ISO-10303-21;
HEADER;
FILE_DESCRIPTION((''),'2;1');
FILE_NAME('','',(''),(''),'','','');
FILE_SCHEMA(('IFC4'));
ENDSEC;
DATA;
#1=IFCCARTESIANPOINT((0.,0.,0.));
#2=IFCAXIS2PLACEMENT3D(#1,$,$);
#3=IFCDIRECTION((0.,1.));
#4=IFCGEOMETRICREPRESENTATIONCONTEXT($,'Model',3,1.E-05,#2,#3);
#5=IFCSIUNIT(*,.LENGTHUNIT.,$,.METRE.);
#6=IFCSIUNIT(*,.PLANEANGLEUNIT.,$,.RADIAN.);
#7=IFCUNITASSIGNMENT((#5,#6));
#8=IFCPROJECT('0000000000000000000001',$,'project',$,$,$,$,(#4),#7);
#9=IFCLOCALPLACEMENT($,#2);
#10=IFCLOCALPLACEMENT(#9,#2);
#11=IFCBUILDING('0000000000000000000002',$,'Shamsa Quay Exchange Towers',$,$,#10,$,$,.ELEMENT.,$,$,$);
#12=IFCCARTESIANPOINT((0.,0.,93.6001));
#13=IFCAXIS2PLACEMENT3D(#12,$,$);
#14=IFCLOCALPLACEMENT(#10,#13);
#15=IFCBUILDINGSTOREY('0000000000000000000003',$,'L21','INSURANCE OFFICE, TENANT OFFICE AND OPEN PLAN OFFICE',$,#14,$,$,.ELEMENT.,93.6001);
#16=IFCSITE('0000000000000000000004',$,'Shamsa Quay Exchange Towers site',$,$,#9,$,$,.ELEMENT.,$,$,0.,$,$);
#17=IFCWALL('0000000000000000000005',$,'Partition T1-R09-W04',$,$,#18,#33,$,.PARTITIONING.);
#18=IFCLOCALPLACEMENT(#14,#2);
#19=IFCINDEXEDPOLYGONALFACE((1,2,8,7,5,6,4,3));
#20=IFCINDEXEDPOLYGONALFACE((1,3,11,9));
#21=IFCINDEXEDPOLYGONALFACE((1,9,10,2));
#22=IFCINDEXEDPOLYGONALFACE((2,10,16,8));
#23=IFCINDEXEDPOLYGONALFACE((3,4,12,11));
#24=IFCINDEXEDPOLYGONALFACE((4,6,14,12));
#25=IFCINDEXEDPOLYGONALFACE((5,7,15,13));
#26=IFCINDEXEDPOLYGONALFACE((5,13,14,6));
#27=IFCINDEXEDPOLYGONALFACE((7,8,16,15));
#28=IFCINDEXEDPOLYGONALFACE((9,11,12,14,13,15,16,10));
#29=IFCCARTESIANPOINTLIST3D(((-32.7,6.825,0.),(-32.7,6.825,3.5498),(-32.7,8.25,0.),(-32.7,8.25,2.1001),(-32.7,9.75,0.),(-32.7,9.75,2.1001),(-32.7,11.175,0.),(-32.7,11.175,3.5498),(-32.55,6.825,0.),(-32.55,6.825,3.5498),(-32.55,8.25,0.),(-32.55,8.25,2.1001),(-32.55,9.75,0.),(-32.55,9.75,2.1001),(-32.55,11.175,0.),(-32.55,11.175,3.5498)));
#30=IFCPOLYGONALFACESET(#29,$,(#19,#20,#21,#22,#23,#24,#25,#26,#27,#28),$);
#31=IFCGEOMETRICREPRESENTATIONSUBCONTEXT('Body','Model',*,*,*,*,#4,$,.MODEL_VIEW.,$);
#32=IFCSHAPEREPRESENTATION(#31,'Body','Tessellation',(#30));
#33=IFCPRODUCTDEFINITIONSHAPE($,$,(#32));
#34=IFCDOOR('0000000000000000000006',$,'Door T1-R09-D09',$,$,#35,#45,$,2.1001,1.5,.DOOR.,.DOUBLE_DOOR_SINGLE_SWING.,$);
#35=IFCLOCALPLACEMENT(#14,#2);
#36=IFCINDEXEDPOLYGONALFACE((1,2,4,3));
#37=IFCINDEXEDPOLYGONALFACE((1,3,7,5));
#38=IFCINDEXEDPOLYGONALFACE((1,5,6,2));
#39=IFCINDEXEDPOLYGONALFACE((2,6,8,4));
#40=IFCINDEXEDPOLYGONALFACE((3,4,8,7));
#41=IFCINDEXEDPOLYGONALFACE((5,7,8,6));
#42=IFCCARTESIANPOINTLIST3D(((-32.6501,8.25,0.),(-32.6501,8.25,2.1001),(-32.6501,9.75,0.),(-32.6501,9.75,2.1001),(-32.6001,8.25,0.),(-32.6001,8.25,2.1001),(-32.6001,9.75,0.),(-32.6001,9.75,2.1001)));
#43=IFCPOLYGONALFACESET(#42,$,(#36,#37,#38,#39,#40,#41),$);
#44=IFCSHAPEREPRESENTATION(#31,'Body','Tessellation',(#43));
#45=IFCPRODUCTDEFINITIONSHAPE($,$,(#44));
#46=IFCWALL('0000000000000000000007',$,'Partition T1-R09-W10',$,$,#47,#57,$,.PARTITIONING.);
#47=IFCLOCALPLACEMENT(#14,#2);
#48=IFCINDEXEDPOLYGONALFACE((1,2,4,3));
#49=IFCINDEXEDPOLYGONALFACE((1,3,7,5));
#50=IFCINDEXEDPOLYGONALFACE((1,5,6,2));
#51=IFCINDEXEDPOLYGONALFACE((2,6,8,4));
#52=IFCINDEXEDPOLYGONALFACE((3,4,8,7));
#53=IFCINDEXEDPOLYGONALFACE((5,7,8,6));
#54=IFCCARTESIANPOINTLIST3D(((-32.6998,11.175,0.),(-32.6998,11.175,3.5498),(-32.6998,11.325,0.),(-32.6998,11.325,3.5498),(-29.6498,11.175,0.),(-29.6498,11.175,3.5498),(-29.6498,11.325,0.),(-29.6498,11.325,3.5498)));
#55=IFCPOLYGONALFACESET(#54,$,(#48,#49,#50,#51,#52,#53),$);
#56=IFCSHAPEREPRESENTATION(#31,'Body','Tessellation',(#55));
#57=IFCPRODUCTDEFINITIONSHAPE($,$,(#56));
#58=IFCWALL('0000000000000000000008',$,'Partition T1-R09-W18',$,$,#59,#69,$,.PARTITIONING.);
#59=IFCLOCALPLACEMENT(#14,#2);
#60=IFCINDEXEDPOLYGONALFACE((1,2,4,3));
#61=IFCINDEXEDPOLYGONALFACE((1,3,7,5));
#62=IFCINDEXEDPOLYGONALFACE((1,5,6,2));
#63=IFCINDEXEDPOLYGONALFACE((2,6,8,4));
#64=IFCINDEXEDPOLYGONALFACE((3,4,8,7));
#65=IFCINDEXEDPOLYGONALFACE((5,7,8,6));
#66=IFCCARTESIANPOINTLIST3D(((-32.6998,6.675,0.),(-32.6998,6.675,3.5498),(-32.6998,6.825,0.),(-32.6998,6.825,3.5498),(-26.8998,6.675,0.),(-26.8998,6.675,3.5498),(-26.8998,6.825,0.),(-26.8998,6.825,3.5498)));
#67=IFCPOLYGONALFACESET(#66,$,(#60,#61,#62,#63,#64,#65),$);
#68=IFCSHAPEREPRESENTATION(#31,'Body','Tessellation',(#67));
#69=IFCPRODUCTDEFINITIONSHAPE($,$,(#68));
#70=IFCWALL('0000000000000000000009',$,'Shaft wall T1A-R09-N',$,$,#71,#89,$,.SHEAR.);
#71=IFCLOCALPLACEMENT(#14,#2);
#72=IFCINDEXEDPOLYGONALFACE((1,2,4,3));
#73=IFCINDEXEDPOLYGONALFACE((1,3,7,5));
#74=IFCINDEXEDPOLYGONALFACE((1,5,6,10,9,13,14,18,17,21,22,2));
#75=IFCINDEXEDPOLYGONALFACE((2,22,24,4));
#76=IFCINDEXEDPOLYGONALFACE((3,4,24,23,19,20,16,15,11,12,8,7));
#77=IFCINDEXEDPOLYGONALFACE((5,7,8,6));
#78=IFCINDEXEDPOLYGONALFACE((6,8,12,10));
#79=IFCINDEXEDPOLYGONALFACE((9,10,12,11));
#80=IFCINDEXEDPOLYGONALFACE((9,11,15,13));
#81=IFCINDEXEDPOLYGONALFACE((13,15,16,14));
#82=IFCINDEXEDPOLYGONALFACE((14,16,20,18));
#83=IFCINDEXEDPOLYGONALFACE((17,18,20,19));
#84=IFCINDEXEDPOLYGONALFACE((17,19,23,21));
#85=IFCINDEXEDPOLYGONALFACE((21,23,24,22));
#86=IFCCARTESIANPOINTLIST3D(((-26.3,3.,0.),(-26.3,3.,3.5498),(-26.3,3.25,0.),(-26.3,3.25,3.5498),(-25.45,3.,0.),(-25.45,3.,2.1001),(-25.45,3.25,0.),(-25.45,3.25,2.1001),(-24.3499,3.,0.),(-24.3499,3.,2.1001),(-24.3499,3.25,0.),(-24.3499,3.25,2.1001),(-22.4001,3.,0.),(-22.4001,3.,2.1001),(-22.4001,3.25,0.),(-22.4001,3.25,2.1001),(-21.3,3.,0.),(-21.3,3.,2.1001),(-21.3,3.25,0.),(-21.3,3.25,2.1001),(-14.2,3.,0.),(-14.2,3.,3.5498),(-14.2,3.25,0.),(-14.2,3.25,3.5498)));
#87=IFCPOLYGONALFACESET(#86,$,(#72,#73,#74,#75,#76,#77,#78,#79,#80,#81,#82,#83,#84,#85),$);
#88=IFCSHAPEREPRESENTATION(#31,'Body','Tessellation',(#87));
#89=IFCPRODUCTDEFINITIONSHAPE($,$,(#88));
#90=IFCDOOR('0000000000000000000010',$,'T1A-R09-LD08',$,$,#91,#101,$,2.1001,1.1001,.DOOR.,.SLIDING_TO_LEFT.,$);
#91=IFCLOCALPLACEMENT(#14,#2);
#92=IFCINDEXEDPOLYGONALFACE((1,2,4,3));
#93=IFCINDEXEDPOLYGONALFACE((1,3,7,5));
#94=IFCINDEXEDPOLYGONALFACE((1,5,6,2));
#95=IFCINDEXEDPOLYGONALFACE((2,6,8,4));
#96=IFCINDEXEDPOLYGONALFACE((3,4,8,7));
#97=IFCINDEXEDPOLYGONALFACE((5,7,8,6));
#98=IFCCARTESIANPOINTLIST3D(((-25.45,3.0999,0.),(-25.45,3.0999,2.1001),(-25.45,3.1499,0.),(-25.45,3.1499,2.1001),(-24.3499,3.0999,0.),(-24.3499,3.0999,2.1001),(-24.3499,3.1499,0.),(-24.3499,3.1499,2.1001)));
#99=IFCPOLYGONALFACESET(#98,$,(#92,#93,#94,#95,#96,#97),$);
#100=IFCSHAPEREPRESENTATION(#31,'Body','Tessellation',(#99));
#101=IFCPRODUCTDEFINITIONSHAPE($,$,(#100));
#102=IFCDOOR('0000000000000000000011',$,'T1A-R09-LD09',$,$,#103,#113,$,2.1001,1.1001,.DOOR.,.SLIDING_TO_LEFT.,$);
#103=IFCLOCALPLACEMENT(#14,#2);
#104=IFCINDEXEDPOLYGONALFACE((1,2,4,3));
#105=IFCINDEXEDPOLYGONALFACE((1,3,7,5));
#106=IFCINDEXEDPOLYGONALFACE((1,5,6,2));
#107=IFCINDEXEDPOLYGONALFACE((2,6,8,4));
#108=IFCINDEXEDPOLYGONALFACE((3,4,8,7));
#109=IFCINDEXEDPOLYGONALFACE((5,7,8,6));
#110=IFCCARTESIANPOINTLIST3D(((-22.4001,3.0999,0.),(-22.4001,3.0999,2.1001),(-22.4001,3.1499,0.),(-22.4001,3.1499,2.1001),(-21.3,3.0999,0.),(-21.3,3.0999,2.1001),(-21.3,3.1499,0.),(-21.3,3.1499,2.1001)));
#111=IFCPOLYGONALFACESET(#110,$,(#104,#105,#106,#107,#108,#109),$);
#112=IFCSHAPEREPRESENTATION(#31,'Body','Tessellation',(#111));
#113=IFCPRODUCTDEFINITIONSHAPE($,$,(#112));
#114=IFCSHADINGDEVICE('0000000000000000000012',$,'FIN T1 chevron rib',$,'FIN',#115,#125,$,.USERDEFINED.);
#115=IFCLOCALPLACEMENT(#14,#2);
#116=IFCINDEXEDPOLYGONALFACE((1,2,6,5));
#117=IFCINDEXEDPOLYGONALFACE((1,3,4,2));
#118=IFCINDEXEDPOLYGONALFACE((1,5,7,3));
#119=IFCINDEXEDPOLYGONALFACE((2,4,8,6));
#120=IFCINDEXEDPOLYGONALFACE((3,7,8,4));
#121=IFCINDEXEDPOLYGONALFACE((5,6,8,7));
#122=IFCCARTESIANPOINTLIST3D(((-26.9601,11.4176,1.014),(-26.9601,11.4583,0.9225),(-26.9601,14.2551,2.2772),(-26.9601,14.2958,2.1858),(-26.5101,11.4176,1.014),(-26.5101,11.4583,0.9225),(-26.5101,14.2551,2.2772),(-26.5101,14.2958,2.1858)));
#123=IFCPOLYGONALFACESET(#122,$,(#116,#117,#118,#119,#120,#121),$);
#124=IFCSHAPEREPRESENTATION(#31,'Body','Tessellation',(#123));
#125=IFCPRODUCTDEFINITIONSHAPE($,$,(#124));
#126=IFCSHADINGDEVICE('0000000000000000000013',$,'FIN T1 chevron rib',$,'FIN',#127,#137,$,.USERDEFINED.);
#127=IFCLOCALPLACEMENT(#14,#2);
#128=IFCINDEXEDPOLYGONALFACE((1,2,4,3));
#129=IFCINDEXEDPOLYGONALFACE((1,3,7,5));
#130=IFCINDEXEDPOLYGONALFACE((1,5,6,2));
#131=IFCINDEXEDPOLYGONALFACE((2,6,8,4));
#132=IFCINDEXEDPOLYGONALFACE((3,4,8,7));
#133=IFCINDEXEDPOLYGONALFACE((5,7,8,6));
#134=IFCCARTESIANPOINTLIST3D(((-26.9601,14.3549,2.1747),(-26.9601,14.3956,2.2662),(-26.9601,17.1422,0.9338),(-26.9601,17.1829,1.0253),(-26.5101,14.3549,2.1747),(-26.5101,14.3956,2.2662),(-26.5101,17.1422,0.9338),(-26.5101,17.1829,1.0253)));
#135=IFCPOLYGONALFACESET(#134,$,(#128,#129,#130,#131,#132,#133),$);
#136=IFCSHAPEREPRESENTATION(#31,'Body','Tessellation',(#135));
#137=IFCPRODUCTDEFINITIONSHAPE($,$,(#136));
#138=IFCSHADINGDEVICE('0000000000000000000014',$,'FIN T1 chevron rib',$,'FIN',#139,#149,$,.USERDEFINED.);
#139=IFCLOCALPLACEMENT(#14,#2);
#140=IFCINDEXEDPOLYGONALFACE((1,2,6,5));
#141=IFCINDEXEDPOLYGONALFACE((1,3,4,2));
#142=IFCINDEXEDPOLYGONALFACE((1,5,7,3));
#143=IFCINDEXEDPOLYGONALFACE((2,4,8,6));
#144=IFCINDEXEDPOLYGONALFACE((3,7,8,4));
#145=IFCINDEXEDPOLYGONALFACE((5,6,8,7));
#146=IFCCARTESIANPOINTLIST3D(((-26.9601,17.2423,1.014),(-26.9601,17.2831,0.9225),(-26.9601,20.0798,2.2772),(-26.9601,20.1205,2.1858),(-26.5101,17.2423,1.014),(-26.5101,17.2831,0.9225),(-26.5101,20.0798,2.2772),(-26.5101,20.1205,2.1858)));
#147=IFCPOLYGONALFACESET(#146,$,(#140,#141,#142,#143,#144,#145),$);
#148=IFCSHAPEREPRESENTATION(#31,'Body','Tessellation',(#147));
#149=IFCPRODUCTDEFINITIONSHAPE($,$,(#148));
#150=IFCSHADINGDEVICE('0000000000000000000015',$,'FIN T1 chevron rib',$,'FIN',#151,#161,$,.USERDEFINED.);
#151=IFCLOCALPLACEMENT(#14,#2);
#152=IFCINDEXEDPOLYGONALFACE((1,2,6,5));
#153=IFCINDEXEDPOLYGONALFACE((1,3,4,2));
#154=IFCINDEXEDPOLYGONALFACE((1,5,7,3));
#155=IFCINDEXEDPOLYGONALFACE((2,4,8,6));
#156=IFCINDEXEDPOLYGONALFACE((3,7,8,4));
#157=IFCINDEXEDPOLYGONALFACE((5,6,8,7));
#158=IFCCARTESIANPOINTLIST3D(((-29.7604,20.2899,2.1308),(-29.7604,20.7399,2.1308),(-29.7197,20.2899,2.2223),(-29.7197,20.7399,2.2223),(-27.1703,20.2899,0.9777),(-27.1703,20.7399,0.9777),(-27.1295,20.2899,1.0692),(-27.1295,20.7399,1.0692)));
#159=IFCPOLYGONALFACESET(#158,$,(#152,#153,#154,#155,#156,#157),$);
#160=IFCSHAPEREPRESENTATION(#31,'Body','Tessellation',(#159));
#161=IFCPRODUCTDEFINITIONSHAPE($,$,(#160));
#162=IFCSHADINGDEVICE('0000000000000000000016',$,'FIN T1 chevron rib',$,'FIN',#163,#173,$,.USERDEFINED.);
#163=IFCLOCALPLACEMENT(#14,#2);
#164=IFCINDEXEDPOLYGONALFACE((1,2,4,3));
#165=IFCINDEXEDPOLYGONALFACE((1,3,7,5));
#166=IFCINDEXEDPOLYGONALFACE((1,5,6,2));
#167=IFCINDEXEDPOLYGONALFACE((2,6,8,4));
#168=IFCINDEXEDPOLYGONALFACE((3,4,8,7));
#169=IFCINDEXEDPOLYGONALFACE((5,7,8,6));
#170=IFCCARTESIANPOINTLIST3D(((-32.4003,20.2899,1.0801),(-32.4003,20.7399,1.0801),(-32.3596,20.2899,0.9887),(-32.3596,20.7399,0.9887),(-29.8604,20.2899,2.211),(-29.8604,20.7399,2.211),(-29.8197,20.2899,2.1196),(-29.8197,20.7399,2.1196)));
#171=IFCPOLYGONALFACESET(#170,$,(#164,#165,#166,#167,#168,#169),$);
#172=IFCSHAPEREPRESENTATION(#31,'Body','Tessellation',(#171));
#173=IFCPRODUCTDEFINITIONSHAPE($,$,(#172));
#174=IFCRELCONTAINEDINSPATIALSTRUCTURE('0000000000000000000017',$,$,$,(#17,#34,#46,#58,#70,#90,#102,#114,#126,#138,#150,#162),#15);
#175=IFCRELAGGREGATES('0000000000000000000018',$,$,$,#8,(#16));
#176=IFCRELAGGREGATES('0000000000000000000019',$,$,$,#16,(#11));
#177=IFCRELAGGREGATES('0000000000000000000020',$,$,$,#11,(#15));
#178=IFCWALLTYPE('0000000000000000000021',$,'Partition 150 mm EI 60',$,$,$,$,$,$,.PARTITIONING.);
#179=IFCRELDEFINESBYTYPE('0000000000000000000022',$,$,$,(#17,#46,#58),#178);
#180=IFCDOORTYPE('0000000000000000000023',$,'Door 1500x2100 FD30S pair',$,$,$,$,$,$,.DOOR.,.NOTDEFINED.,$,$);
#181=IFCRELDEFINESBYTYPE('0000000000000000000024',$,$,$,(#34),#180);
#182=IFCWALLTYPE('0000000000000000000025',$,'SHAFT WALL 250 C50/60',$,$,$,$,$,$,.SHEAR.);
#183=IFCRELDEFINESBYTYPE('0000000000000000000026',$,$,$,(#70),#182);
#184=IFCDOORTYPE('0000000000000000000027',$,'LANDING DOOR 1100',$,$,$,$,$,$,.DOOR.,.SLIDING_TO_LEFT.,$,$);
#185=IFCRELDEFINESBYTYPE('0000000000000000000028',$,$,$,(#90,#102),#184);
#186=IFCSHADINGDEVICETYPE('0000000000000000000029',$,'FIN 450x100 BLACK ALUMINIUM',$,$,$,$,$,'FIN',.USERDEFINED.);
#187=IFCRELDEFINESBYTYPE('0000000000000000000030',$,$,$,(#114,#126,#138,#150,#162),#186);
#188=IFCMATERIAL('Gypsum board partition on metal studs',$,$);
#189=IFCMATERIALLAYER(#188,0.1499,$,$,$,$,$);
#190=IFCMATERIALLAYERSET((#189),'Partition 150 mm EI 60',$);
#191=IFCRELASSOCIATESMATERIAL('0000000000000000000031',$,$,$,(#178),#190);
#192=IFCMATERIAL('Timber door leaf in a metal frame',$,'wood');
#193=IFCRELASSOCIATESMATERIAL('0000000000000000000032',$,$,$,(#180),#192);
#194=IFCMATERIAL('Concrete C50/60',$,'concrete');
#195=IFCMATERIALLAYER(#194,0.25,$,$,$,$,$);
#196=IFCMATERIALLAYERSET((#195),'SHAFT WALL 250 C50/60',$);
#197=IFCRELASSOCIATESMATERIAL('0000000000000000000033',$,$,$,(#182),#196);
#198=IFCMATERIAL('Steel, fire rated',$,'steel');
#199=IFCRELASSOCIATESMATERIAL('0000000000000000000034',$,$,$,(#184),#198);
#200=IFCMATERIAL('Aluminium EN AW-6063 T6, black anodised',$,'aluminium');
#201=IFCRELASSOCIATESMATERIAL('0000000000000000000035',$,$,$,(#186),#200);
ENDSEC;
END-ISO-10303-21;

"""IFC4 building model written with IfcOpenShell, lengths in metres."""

from ifc_helpers import new_model, si_unit, direction, frame, frame_2d, origin, origin_2d, place, context, subcontext, project, spatial, rectangle, extrude, material, layer, layer_set, material_profile, profile_set, type_object, element, fill, save


model = new_model("IFC4")

# Units and contexts
model_context = context("Model", 3, precision=1e-05, world=origin(), true_north=direction((0.0, 1.0)))
body_context = subcontext(model_context, "Body", "Model", "MODEL_VIEW")
ifc_project = project(units=[si_unit("LENGTHUNIT", "METRE"), si_unit("PLANEANGLEUNIT", "RADIAN")], contexts=[model_context])

# Site, building, storey
site_placement = place(None, origin())
site = spatial("IfcSite", under=ifc_project, at=site_placement, Name="Shamsa Quay Exchange Towers site", CompositionType="ELEMENT", RefElevation=0.0)
building_placement = place(site_placement, origin())
building = spatial("IfcBuilding", under=site, at=building_placement, Name="Shamsa Quay Exchange Towers", CompositionType="ELEMENT")
storey_placement = place(building_placement, frame((0.0, 0.0, 93.6001)))
storey = spatial("IfcBuildingStorey", under=building, at=storey_placement, Name="L21", Description="INSURANCE OFFICE, TENANT OFFICE AND OPEN PLAN OFFICE", CompositionType="ELEMENT", Elevation=93.6001)

# Shared definitions
ifc_material_1 = material(Name="Aluminium EN AW-6063 T6, black anodised", Category="aluminium")

# Shared definitions
ifc_material_2 = material(Name="Timber door leaf in a metal frame", Category="wood")

# Shared definitions
ifc_material_3 = material(Name="Steel, fire rated", Category="steel")

# Wall, opening, door
ifc_material_4 = material(Name="Gypsum board partition on metal studs")
ifc_layer_1 = layer(ifc_material_4, 0.1499)
ifc_layer_set_1 = layer_set([ifc_layer_1], Name="Partition 150 mm EI 60")
wall_type_1 = type_object("IfcWallType", Name="Partition 150 mm EI 60", PredefinedType="PARTITIONING", material=ifc_layer_set_1)
wall_1_placement = place(storey_placement, frame((-32.625, 11.175, 0.0), z_axis=(0.0, 0.0, 1.0), x_axis=(0.0, -1.0, 0.0)))
wall_1 = element("IfcWall", 1, at=wall_1_placement, inside=storey, type_object=wall_type_1, Name="Partition T1-R09-W04", PredefinedType="PARTITIONING", context=body_context, shape_type="SweptSolid", body=[
    extrude(rectangle(XDim=4.3501, YDim=0.1499, at=frame_2d((2.175, 0.0))), origin(), (0.0, 0.0, 1.0), 3.5498),
])
opening_1_placement = place(wall_1_placement, frame((1.425, 0.0, 0.0)))
opening_1 = element("IfcOpeningElement", 2, at=opening_1_placement, cuts=wall_1, PredefinedType="OPENING", context=body_context, shape_type="SweptSolid", body=[
    extrude(rectangle(XDim=1.5, YDim=2.1001, at=frame_2d((0.75, 1.05))), frame((0.0, 0.085, 0.0), z_axis=(0.0, -1.0, 0.0), x_axis=(1.0, 0.0, 0.0)), (0.0, 0.0, 1.0), 0.1699),
])
door_type_1 = type_object("IfcDoorType", Name="Door 1500x2100 FD30S pair", OperationType="NOTDEFINED", PredefinedType="DOOR", material=ifc_material_2)
door_1_placement = place(opening_1_placement, origin())
door_1 = element("IfcDoor", 3, at=door_1_placement, inside=storey, type_object=door_type_1, Name="Door T1-R09-D09", OperationType="DOUBLE_DOOR_SINGLE_SWING", OverallHeight=2.1001, OverallWidth=1.5, PredefinedType="DOOR", context=body_context, shape_type="SweptSolid", body=[
    extrude(rectangle(XDim=1.5, YDim=2.1001, at=frame_2d((0.75, 1.05))), frame((0.0, 0.0249, 0.0), z_axis=(0.0, -1.0, 0.0), x_axis=(1.0, 0.0, 0.0)), (0.0, 0.0, 1.0), 0.05),
])
fill(opening_1, door_1)

# Walls
wall_2_placement = place(storey_placement, frame((-29.6499, 11.25, 0.0), z_axis=(0.0, 0.0, 1.0), x_axis=(-1.0, 0.0, 0.0)))
element("IfcWall", 4, at=wall_2_placement, inside=storey, type_object=wall_type_1, Name="Partition T1-R09-W10", PredefinedType="PARTITIONING", context=body_context, shape_type="SweptSolid", body=[
    extrude(rectangle(XDim=3.05, YDim=0.1499, at=frame_2d((1.5249, 0.0))), origin(), (0.0, 0.0, 1.0), 3.5498),
])
wall_3_placement = place(storey_placement, frame((-26.8999, 6.75, 0.0), z_axis=(0.0, 0.0, 1.0), x_axis=(-1.0, 0.0, 0.0)))
element("IfcWall", 5, at=wall_3_placement, inside=storey, type_object=wall_type_1, Name="Partition T1-R09-W18", PredefinedType="PARTITIONING", context=body_context, shape_type="SweptSolid", body=[
    extrude(rectangle(XDim=5.8, YDim=0.1499, at=frame_2d((2.8999, 0.0))), origin(), (0.0, 0.0, 1.0), 3.5498),
])

# Wall, openings, doors
ifc_material_5 = material(Name="Concrete C50/60", Category="concrete")
ifc_layer_2 = layer(ifc_material_5, 0.25)
ifc_layer_set_2 = layer_set([ifc_layer_2], Name="SHAFT WALL 250 C50/60")
wall_type_2 = type_object("IfcWallType", Name="SHAFT WALL 250 C50/60", PredefinedType="SHEAR", material=ifc_layer_set_2)
wall_4_placement = place(storey_placement, frame((-26.3, 3.125, 0.0)))
wall_4 = element("IfcWall", 6, at=wall_4_placement, inside=storey, type_object=wall_type_2, Name="Shaft wall T1A-R09-N", PredefinedType="SHEAR", context=body_context, shape_type="SweptSolid", body=[
    extrude(rectangle(XDim=12.1001, YDim=0.25, at=frame_2d((6.05, 0.0))), origin(), (0.0, 0.0, 1.0), 3.5498),
])
opening_2_placement = place(wall_4_placement, frame((0.8501, 0.0, 0.0)))
opening_2 = element("IfcOpeningElement", 7, at=opening_2_placement, cuts=wall_4, PredefinedType="OPENING", context=body_context, shape_type="SweptSolid", body=[
    extrude(rectangle(XDim=1.1001, YDim=2.1001, at=frame_2d((0.55, 1.05))), frame((0.0, 0.135, 0.0), z_axis=(0.0, -1.0, 0.0), x_axis=(1.0, 0.0, 0.0)), (0.0, 0.0, 1.0), 0.27),
])
opening_3_placement = place(wall_4_placement, frame((3.8999, 0.0, 0.0)))
opening_3 = element("IfcOpeningElement", 8, at=opening_3_placement, cuts=wall_4, PredefinedType="OPENING", context=body_context, shape_type="SweptSolid", body=[
    extrude(rectangle(XDim=1.1001, YDim=2.1001, at=frame_2d((0.55, 1.05))), frame((0.0, 0.135, 0.0), z_axis=(0.0, -1.0, 0.0), x_axis=(1.0, 0.0, 0.0)), (0.0, 0.0, 1.0), 0.27),
])
door_type_2 = type_object("IfcDoorType", Name="LANDING DOOR 1100", OperationType="SLIDING_TO_LEFT", PredefinedType="DOOR", material=ifc_material_3)
door_2_placement = place(opening_2_placement, origin())
door_2 = element("IfcDoor", 9, at=door_2_placement, inside=storey, type_object=door_type_2, Name="T1A-R09-LD08", OperationType="SLIDING_TO_LEFT", OverallHeight=2.1001, OverallWidth=1.1001, PredefinedType="DOOR", context=body_context, shape_type="SweptSolid", body=[
    extrude(rectangle(XDim=1.1001, YDim=2.1001, at=frame_2d((0.55, 1.05))), frame((0.0, 0.0249, 0.0), z_axis=(0.0, -1.0, 0.0), x_axis=(1.0, 0.0, 0.0)), (0.0, 0.0, 1.0), 0.05),
])
fill(opening_2, door_2)
door_3_placement = place(opening_3_placement, origin())
door_3 = element("IfcDoor", 10, at=door_3_placement, inside=storey, type_object=door_type_2, Name="T1A-R09-LD09", OperationType="SLIDING_TO_LEFT", OverallHeight=2.1001, OverallWidth=1.1001, PredefinedType="DOOR", context=body_context, shape_type="SweptSolid", body=[
    extrude(rectangle(XDim=1.1001, YDim=2.1001, at=frame_2d((0.55, 1.05))), frame((0.0, 0.0249, 0.0), z_axis=(0.0, -1.0, 0.0), x_axis=(1.0, 0.0, 0.0)), (0.0, 0.0, 1.0), 0.05),
])
fill(opening_3, door_3)

# Shading devices
ifc_material_profile_1 = material_profile(ifc_material_1, rectangle(XDim=0.45, YDim=0.1001, at=origin_2d()), Name="FIN450x100")
ifc_profile_set_1 = profile_set([ifc_material_profile_1], Name="Aluminium EN AW-6063 T6, black anodised")
shading_device_type = type_object("IfcShadingDeviceType", Name="FIN 450x100 BLACK ALUMINIUM", ElementType="FIN", PredefinedType="USERDEFINED", material=ifc_profile_set_1)
shading_device_1_placement = place(storey_placement, frame((-26.7351, 11.438, 0.9683), z_axis=(0.0, 0.913559, 0.406707), x_axis=(-1.0, 0.0, 0.0)))
element("IfcShadingDevice", 11, at=shading_device_1_placement, inside=storey, type_object=shading_device_type, Name="FIN T1 chevron rib", ObjectType="FIN", PredefinedType="USERDEFINED", context=body_context, shape_type="SweptSolid", body=[
    extrude(rectangle(XDim=0.45, YDim=0.1001, at=origin_2d()), origin(), (0.0, 0.0, 1.0), 3.106),
])
shading_device_2_placement = place(storey_placement, frame((-26.7351, 14.3752, 2.2205), z_axis=(0.0, 0.913551, -0.406725), x_axis=(-1.0, 0.0, 0.0)))
element("IfcShadingDevice", 12, at=shading_device_2_placement, inside=storey, type_object=shading_device_type, Name="FIN T1 chevron rib", ObjectType="FIN", PredefinedType="USERDEFINED", context=body_context, shape_type="SweptSolid", body=[
    extrude(rectangle(XDim=0.45, YDim=0.1001, at=origin_2d()), origin(), (0.0, 0.0, 1.0), 3.051),
])
shading_device_3_placement = place(storey_placement, frame((-26.7351, 17.2627, 0.9683), z_axis=(0.0, 0.913559, 0.406707), x_axis=(-1.0, 0.0, 0.0)))
element("IfcShadingDevice", 13, at=shading_device_3_placement, inside=storey, type_object=shading_device_type, Name="FIN T1 chevron rib", ObjectType="FIN", PredefinedType="USERDEFINED", context=body_context, shape_type="SweptSolid", body=[
    extrude(rectangle(XDim=0.45, YDim=0.1001, at=origin_2d()), origin(), (0.0, 0.0, 1.0), 3.106),
])
shading_device_4_placement = place(storey_placement, frame((-27.1499, 20.5149, 1.0234), z_axis=(-0.913559, 0.0, 0.406706), x_axis=(0.0, -1.0, 0.0)))
element("IfcShadingDevice", 14, at=shading_device_4_placement, inside=storey, type_object=shading_device_type, Name="FIN T1 chevron rib", ObjectType="FIN", PredefinedType="USERDEFINED", context=body_context, shape_type="SweptSolid", body=[
    extrude(rectangle(XDim=0.45, YDim=0.1001, at=origin_2d()), origin(), (0.0, 0.0, 1.0), 2.8352),
])
shading_device_5_placement = place(storey_placement, frame((-29.8401, 20.5149, 2.1653), z_axis=(-0.913536, 0.0, -0.406758), x_axis=(0.0, -1.0, 0.0)))
element("IfcShadingDevice", 15, at=shading_device_5_placement, inside=storey, type_object=shading_device_type, Name="FIN T1 chevron rib", ObjectType="FIN", PredefinedType="USERDEFINED", context=body_context, shape_type="SweptSolid", body=[
    extrude(rectangle(XDim=0.45, YDim=0.1001, at=origin_2d()), origin(), (0.0, 0.0, 1.0), 2.7803),
])

save(model, "model.ifc")
